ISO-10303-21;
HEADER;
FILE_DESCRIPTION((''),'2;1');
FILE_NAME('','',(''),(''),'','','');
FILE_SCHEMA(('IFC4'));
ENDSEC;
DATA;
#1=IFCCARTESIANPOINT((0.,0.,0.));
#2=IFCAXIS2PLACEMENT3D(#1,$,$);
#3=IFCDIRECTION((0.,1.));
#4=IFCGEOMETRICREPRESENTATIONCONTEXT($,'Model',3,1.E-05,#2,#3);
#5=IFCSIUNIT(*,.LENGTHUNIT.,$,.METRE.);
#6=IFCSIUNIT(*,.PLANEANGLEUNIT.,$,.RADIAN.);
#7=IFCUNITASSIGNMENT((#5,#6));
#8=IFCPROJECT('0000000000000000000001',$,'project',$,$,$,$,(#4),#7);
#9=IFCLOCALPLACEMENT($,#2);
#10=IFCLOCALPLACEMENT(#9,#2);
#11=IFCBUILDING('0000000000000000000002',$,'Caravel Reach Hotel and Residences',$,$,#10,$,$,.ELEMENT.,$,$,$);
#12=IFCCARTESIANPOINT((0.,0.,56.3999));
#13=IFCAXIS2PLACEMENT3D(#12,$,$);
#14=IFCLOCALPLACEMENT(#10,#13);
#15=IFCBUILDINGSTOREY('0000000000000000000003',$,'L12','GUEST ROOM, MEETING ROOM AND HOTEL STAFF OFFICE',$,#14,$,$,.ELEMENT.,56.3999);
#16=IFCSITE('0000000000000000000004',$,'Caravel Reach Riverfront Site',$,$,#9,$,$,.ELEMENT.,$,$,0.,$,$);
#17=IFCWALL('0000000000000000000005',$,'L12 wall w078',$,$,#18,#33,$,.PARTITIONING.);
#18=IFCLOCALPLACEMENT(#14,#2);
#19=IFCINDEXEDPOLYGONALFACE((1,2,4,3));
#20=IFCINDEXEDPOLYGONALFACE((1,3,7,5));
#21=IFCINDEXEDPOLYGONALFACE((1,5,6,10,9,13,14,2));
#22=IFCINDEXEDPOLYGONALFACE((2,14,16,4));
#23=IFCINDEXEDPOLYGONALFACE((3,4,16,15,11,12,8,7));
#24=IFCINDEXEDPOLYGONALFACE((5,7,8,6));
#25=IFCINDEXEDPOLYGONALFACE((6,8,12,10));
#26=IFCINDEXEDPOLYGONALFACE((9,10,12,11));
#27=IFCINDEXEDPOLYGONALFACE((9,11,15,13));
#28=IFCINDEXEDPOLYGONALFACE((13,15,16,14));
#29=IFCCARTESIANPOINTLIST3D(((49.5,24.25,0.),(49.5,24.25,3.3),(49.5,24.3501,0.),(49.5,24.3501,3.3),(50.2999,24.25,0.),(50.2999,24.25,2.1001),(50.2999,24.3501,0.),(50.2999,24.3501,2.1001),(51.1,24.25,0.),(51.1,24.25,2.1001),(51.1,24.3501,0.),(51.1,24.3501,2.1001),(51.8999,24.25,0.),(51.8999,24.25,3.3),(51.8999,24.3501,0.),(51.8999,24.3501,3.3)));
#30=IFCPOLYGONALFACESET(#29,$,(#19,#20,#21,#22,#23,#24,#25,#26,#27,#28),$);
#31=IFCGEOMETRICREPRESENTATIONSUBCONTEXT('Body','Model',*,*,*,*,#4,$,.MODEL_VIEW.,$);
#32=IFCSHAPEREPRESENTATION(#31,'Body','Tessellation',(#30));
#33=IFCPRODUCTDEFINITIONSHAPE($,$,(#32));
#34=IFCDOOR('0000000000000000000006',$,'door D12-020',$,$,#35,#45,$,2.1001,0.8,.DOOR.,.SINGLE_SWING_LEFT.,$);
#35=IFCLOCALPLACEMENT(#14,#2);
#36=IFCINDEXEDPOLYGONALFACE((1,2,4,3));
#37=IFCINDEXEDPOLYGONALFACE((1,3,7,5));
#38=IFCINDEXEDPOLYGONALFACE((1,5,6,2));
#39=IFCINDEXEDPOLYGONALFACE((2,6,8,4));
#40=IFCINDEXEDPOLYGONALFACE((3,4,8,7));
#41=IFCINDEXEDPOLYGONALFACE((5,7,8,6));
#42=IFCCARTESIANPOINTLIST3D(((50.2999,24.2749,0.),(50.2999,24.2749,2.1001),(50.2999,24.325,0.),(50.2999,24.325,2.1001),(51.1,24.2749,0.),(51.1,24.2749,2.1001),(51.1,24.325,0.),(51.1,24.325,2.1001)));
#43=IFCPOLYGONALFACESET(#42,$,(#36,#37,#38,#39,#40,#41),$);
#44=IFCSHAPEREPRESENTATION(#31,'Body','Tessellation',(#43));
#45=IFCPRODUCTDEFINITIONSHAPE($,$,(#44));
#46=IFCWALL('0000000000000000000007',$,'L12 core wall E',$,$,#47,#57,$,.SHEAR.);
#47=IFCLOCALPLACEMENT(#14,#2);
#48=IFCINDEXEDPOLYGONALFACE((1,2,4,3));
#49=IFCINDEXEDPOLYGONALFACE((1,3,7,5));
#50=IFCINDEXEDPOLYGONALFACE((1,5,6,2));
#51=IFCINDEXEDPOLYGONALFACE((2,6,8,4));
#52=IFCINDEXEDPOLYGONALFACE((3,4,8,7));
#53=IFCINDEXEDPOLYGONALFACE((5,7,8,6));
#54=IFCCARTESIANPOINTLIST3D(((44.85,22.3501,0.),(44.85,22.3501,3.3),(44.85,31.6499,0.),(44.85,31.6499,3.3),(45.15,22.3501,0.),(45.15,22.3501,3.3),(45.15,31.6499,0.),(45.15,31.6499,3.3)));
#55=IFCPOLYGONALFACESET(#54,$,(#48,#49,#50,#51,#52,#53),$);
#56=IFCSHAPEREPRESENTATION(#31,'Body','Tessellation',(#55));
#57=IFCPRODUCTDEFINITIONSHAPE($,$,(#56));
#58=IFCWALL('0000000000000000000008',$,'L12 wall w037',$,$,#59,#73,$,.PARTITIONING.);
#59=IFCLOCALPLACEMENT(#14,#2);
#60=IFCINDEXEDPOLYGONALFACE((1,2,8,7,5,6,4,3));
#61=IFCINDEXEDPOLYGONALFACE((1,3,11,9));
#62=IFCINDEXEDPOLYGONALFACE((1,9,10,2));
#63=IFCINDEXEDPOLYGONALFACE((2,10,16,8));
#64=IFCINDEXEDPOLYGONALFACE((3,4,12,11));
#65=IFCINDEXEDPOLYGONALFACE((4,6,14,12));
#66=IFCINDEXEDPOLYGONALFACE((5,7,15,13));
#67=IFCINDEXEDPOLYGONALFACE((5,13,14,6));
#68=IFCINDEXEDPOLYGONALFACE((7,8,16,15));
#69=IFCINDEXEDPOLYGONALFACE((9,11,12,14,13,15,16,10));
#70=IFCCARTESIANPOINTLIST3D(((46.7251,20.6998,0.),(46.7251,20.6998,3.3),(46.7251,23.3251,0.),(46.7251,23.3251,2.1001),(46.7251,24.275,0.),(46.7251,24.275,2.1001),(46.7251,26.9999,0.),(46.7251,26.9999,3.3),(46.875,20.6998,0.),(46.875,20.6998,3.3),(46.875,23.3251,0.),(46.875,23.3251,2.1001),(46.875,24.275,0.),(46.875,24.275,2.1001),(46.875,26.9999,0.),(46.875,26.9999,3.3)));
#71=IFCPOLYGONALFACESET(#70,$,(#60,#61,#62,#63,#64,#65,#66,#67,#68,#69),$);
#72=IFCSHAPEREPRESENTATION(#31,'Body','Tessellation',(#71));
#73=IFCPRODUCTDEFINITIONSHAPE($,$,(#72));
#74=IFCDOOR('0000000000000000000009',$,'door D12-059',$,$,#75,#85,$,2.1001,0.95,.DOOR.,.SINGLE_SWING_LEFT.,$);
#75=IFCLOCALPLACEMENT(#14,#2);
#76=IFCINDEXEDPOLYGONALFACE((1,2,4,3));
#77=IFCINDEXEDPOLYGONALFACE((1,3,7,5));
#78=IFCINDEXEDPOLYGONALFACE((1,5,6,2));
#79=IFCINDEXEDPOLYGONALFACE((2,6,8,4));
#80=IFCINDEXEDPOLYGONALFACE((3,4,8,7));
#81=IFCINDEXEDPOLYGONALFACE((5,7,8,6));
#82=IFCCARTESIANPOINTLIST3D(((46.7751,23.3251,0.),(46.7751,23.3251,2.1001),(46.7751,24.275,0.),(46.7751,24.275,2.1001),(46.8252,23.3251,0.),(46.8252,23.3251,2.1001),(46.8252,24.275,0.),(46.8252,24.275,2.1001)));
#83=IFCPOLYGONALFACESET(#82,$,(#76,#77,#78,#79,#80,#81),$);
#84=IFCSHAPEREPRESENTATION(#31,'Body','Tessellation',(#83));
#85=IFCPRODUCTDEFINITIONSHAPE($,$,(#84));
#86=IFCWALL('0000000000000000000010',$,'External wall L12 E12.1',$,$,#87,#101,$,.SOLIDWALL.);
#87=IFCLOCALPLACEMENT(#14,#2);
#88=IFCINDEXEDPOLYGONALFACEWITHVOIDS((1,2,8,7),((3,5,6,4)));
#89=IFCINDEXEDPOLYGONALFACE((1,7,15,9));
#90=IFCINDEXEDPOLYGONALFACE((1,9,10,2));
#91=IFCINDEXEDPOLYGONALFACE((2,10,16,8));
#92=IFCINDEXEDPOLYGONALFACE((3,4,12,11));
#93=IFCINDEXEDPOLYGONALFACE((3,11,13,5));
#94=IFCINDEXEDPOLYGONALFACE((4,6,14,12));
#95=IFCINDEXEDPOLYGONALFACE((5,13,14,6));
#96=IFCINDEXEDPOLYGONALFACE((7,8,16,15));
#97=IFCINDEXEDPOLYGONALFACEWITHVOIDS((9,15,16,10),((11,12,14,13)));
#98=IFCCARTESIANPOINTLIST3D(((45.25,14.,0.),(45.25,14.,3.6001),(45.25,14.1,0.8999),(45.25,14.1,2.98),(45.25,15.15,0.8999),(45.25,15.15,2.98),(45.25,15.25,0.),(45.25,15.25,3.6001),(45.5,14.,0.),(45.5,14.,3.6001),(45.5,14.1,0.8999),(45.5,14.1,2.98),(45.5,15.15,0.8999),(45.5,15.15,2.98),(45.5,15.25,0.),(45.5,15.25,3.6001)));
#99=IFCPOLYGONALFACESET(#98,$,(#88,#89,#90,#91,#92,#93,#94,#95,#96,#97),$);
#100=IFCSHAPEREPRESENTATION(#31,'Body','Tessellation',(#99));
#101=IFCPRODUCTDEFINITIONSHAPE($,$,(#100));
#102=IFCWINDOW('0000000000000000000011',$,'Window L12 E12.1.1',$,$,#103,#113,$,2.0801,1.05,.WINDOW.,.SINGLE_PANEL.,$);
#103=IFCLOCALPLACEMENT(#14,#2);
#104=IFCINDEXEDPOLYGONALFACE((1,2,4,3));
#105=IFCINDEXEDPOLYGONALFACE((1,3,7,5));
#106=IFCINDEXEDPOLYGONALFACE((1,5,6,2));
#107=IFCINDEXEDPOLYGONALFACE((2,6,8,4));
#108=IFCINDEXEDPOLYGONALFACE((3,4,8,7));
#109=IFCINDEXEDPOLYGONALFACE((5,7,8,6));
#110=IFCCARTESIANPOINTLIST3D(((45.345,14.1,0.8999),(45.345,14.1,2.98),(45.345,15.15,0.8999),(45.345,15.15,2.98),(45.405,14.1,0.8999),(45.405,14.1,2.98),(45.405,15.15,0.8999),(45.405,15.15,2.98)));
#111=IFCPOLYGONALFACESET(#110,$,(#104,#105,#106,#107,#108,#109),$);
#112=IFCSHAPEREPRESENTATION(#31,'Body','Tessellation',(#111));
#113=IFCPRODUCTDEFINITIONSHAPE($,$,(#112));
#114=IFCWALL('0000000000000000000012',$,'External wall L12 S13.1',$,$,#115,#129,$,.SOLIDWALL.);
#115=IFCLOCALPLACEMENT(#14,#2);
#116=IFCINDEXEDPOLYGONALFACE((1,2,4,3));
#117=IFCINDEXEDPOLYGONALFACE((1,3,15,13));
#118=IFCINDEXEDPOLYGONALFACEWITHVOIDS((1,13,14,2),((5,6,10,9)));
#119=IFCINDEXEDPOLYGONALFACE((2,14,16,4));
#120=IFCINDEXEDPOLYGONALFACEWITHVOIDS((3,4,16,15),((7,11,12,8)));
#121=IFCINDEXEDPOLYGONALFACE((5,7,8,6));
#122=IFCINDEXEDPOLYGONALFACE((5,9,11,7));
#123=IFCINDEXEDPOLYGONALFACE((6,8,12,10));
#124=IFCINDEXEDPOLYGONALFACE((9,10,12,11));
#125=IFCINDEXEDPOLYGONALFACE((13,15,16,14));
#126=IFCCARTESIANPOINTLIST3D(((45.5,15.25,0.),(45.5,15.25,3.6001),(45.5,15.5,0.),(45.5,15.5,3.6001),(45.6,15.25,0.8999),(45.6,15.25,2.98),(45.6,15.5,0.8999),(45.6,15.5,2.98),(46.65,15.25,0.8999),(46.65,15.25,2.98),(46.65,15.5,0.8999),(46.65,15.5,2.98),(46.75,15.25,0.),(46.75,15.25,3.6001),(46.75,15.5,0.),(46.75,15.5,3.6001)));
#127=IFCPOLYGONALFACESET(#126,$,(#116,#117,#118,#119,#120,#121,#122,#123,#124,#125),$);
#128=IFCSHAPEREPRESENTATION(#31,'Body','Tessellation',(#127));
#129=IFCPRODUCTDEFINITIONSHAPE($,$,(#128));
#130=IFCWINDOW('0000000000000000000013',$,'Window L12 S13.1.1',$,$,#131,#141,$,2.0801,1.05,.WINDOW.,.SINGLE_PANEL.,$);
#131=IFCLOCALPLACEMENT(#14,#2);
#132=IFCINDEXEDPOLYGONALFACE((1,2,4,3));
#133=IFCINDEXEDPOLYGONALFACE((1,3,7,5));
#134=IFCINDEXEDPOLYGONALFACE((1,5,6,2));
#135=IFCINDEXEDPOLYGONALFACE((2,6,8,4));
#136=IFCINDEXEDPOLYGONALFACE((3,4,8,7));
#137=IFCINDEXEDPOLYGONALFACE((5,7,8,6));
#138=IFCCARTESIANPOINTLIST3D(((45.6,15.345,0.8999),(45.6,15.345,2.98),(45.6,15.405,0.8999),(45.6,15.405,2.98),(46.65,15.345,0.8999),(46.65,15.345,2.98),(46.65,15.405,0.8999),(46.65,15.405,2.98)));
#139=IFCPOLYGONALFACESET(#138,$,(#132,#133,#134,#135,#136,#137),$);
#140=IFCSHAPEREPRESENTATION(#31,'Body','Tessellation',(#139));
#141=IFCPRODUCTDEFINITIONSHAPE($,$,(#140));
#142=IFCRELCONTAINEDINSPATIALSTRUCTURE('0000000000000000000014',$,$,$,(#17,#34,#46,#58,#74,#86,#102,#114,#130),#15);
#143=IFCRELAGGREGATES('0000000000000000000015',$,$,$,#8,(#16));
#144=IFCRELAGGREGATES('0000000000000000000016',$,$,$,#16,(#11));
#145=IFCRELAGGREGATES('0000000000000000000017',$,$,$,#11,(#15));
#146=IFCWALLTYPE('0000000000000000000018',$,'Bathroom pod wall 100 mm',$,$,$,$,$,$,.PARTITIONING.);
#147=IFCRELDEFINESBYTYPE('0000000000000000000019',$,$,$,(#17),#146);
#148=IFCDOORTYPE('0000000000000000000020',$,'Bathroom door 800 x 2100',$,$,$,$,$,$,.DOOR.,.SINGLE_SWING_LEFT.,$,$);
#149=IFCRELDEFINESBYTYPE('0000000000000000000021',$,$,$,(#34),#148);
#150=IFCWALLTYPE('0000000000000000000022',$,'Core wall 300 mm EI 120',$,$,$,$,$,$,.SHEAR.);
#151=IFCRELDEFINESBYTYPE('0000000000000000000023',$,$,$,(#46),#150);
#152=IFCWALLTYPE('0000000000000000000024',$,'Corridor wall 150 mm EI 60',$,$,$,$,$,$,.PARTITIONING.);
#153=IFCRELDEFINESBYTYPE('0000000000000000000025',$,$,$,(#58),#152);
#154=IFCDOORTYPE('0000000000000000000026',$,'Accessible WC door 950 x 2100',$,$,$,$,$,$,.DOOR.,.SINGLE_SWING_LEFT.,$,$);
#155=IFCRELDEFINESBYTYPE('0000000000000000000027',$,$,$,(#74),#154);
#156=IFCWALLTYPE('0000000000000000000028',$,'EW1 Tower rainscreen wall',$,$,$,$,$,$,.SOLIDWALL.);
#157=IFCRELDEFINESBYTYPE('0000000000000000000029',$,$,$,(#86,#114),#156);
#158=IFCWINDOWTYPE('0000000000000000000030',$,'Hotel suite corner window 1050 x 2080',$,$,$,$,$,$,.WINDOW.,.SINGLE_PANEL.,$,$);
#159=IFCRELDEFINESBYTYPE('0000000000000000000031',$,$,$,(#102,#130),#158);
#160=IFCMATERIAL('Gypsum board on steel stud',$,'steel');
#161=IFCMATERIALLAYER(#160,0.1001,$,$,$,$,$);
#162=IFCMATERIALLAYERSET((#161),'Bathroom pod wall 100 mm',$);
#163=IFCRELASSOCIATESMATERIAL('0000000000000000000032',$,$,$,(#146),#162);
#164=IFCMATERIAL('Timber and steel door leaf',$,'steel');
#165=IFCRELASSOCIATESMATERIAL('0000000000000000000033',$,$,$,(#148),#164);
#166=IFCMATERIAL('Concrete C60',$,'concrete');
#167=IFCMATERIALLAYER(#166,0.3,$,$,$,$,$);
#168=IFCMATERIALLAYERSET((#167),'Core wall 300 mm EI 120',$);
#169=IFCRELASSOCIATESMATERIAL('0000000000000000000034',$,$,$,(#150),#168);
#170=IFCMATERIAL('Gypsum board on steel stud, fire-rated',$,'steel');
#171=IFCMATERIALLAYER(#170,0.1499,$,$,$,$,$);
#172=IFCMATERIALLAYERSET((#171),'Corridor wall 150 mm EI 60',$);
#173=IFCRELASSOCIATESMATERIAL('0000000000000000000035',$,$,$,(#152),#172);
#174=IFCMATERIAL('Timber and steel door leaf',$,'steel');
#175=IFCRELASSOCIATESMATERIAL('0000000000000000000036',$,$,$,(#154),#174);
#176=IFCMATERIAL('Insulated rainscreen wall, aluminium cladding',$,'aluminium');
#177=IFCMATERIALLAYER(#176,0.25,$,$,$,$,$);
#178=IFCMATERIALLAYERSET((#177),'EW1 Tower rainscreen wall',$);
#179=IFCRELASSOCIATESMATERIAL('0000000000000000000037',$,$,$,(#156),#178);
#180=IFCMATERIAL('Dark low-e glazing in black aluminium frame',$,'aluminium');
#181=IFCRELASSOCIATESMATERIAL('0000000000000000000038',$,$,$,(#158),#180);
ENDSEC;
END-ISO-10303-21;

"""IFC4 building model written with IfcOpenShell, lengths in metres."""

from ifc_helpers import new_model, si_unit, direction, frame, frame_2d, origin, place, context, subcontext, project, spatial, rectangle, extrude, material, layer, layer_set, type_object, element, fill, save


model = new_model("IFC4")

# Units and contexts
model_context = context("Model", 3, precision=1e-05, world=origin(), true_north=direction((0.0, 1.0)))
body_context = subcontext(model_context, "Body", "Model", "MODEL_VIEW")
ifc_project = project(units=[si_unit("LENGTHUNIT", "METRE"), si_unit("PLANEANGLEUNIT", "RADIAN")], contexts=[model_context])

# Site, building, storey
site_placement = place(None, origin())
site = spatial("IfcSite", under=ifc_project, at=site_placement, Name="Caravel Reach Riverfront Site", CompositionType="ELEMENT", RefElevation=0.0)
building_placement = place(site_placement, origin())
building = spatial("IfcBuilding", under=site, at=building_placement, Name="Caravel Reach Hotel and Residences", CompositionType="ELEMENT")
storey_placement = place(building_placement, frame((0.0, 0.0, 56.3999)))
storey = spatial("IfcBuildingStorey", under=building, at=storey_placement, Name="L12", Description="GUEST ROOM, MEETING ROOM AND HOTEL STAFF OFFICE", CompositionType="ELEMENT", Elevation=56.3999)

# Wall, opening, door
ifc_material_1 = material(Name="Gypsum board on steel stud", Category="steel")
ifc_layer_1 = layer(ifc_material_1, 0.1001)
ifc_layer_set_1 = layer_set([ifc_layer_1], Name="Bathroom pod wall 100 mm")
wall_type_1 = type_object("IfcWallType", Name="Bathroom pod wall 100 mm", PredefinedType="PARTITIONING", material=ifc_layer_set_1)
wall_1_placement = place(storey_placement, frame((49.5, 24.3, 0.0), z_axis=(0.0, 0.0, 1.0), x_axis=(1.0, 0.0, 0.0)))
wall_1 = element("IfcWall", 1, at=wall_1_placement, inside=storey, type_object=wall_type_1, Name="L12 wall w078", PredefinedType="PARTITIONING", context=body_context, shape_type="SweptSolid", body=[
    extrude(rectangle(XDim=2.3999, YDim=0.1001, at=frame_2d((1.2, 0.0))), origin(), (0.0, 0.0, 1.0), 3.3),
])
opening_1_placement = place(wall_1_placement, frame((0.8, 0.0, 0.0)))
opening_1 = element("IfcOpeningElement", 2, at=opening_1_placement, cuts=wall_1, PredefinedType="OPENING", context=body_context, shape_type="SweptSolid", body=[
    extrude(rectangle(XDim=0.8, YDim=2.1001, at=frame_2d((0.3999, 1.05))), frame((0.0, 0.0601, 0.0), z_axis=(0.0, -1.0, 0.0), x_axis=(1.0, 0.0, 0.0)), (0.0, 0.0, 1.0), 0.1201),
])
ifc_material_2 = material(Name="Timber and steel door leaf", Category="steel")
door_type_1 = type_object("IfcDoorType", Name="Bathroom door 800 x 2100", OperationType="SINGLE_SWING_LEFT", PredefinedType="DOOR", material=ifc_material_2)
door_1_placement = place(opening_1_placement, origin())
door_1 = element("IfcDoor", 3, at=door_1_placement, inside=storey, type_object=door_type_1, Name="door D12-020", OperationType="SINGLE_SWING_LEFT", OverallHeight=2.1001, OverallWidth=0.8, PredefinedType="DOOR", context=body_context, shape_type="SweptSolid", body=[
    extrude(rectangle(XDim=0.8, YDim=2.1001, at=frame_2d((0.3999, 1.05))), frame((0.0, 0.0249, 0.0), z_axis=(0.0, -1.0, 0.0), x_axis=(1.0, 0.0, 0.0)), (0.0, 0.0, 1.0), 0.05),
])
fill(opening_1, door_1)

# Wall
ifc_material_3 = material(Name="Concrete C60", Category="concrete")
ifc_layer_2 = layer(ifc_material_3, 0.3)
ifc_layer_set_2 = layer_set([ifc_layer_2], Name="Core wall 300 mm EI 120")
wall_type_2 = type_object("IfcWallType", Name="Core wall 300 mm EI 120", PredefinedType="SHEAR", material=ifc_layer_set_2)
wall_2_placement = place(storey_placement, frame((45.0, 22.3501, 0.0), z_axis=(0.0, 0.0, 1.0), x_axis=(0.0, 1.0, 0.0)))
element("IfcWall", 4, at=wall_2_placement, inside=storey, type_object=wall_type_2, Name="L12 core wall E", PredefinedType="SHEAR", context=body_context, shape_type="SweptSolid", body=[
    extrude(rectangle(XDim=9.2998, YDim=0.3, at=frame_2d((4.6499, 0.0))), origin(), (0.0, 0.0, 1.0), 3.3),
])

# Wall, opening, door
ifc_material_4 = material(Name="Gypsum board on steel stud, fire-rated", Category="steel")
ifc_layer_3 = layer(ifc_material_4, 0.1499)
ifc_layer_set_3 = layer_set([ifc_layer_3], Name="Corridor wall 150 mm EI 60")
wall_type_3 = type_object("IfcWallType", Name="Corridor wall 150 mm EI 60", PredefinedType="PARTITIONING", material=ifc_layer_set_3)
wall_3_placement = place(storey_placement, frame((46.8, 20.7, 0.0), z_axis=(0.0, 0.0, 1.0), x_axis=(0.0, 1.0, 0.0)))
wall_3 = element("IfcWall", 5, at=wall_3_placement, inside=storey, type_object=wall_type_3, Name="L12 wall w037", PredefinedType="PARTITIONING", context=body_context, shape_type="SweptSolid", body=[
    extrude(rectangle(XDim=6.3, YDim=0.1499, at=frame_2d((3.1499, 0.0))), origin(), (0.0, 0.0, 1.0), 3.3),
])
opening_2_placement = place(wall_3_placement, frame((2.625, 0.0, 0.0)))
opening_2 = element("IfcOpeningElement", 6, at=opening_2_placement, cuts=wall_3, PredefinedType="OPENING", context=body_context, shape_type="SweptSolid", body=[
    extrude(rectangle(XDim=0.95, YDim=2.1001, at=frame_2d((0.4751, 1.05))), frame((0.0, 0.085, 0.0), z_axis=(0.0, -1.0, 0.0), x_axis=(1.0, 0.0, 0.0)), (0.0, 0.0, 1.0), 0.1699),
])
ifc_material_5 = material(Name="Timber and steel door leaf", Category="steel")
door_type_2 = type_object("IfcDoorType", Name="Accessible WC door 950 x 2100", OperationType="SINGLE_SWING_LEFT", PredefinedType="DOOR", material=ifc_material_5)
door_2_placement = place(opening_2_placement, origin())
door_2 = element("IfcDoor", 7, at=door_2_placement, inside=storey, type_object=door_type_2, Name="door D12-059", OperationType="SINGLE_SWING_LEFT", OverallHeight=2.1001, OverallWidth=0.95, PredefinedType="DOOR", context=body_context, shape_type="SweptSolid", body=[
    extrude(rectangle(XDim=0.95, YDim=2.1001, at=frame_2d((0.4751, 1.05))), frame((0.0, 0.0249, 0.0), z_axis=(0.0, -1.0, 0.0), x_axis=(1.0, 0.0, 0.0)), (0.0, 0.0, 1.0), 0.05),
])
fill(opening_2, door_2)

# Walls, openings, windows
ifc_material_6 = material(Name="Insulated rainscreen wall, aluminium cladding", Category="aluminium")
ifc_layer_4 = layer(ifc_material_6, 0.25)
ifc_layer_set_4 = layer_set([ifc_layer_4], Name="EW1 Tower rainscreen wall")
wall_type_4 = type_object("IfcWallType", Name="EW1 Tower rainscreen wall", PredefinedType="SOLIDWALL", material=ifc_layer_set_4)
wall_4_placement = place(storey_placement, frame((45.375, 14.0, 0.0), z_axis=(0.0, 0.0, 1.0), x_axis=(0.0, 1.0, 0.0)))
wall_4 = element("IfcWall", 8, at=wall_4_placement, inside=storey, type_object=wall_type_4, Name="External wall L12 E12.1", PredefinedType="SOLIDWALL", context=body_context, shape_type="SweptSolid", body=[
    extrude(rectangle(XDim=1.25, YDim=0.25, at=frame_2d((0.625, 0.0))), origin(), (0.0, 0.0, 1.0), 3.6001),
])
opening_3_placement = place(wall_4_placement, frame((0.1001, 0.0, 0.8999)))
opening_3 = element("IfcOpeningElement", 9, at=opening_3_placement, cuts=wall_4, PredefinedType="OPENING", context=body_context, shape_type="SweptSolid", body=[
    extrude(rectangle(XDim=1.05, YDim=2.0801, at=frame_2d((0.5249, 1.04))), frame((0.0, 0.135, 0.0), z_axis=(0.0, -1.0, 0.0), x_axis=(1.0, 0.0, 0.0)), (0.0, 0.0, 1.0), 0.27),
])
ifc_material_7 = material(Name="Dark low-e glazing in black aluminium frame", Category="aluminium")
window_type_1 = type_object("IfcWindowType", Name="Hotel suite corner window 1050 x 2080", PartitioningType="SINGLE_PANEL", PredefinedType="WINDOW", material=ifc_material_7)
window_1_placement = place(opening_3_placement, origin())
window_1 = element("IfcWindow", 10, at=window_1_placement, inside=storey, type_object=window_type_1, Name="Window L12 E12.1.1", OverallHeight=2.0801, OverallWidth=1.05, PartitioningType="SINGLE_PANEL", PredefinedType="WINDOW", context=body_context, shape_type="SweptSolid", body=[
    extrude(rectangle(XDim=1.05, YDim=2.0801, at=frame_2d((0.5249, 1.04))), frame((0.0, 0.03, 0.0), z_axis=(0.0, -1.0, 0.0), x_axis=(1.0, 0.0, 0.0)), (0.0, 0.0, 1.0), 0.0601),
])
fill(opening_3, window_1)
wall_5_placement = place(storey_placement, frame((45.5, 15.375, 0.0), z_axis=(0.0, 0.0, 1.0), x_axis=(1.0, 0.0, 0.0)))
wall_5 = element("IfcWall", 11, at=wall_5_placement, inside=storey, type_object=wall_type_4, Name="External wall L12 S13.1", PredefinedType="SOLIDWALL", context=body_context, shape_type="SweptSolid", body=[
    extrude(rectangle(XDim=1.25, YDim=0.25, at=frame_2d((0.625, 0.0))), origin(), (0.0, 0.0, 1.0), 3.6001),
])
opening_4_placement = place(wall_5_placement, frame((0.1001, 0.0, 0.8999)))
opening_4 = element("IfcOpeningElement", 12, at=opening_4_placement, cuts=wall_5, PredefinedType="OPENING", context=body_context, shape_type="SweptSolid", body=[
    extrude(rectangle(XDim=1.05, YDim=2.0801, at=frame_2d((0.5249, 1.04))), frame((0.0, 0.135, 0.0), z_axis=(0.0, -1.0, 0.0), x_axis=(1.0, 0.0, 0.0)), (0.0, 0.0, 1.0), 0.27),
])
window_2_placement = place(opening_4_placement, origin())
window_2 = element("IfcWindow", 13, at=window_2_placement, inside=storey, type_object=window_type_1, Name="Window L12 S13.1.1", OverallHeight=2.0801, OverallWidth=1.05, PartitioningType="SINGLE_PANEL", PredefinedType="WINDOW", context=body_context, shape_type="SweptSolid", body=[
    extrude(rectangle(XDim=1.05, YDim=2.0801, at=frame_2d((0.5249, 1.04))), frame((0.0, 0.03, 0.0), z_axis=(0.0, -1.0, 0.0), x_axis=(1.0, 0.0, 0.0)), (0.0, 0.0, 1.0), 0.0601),
])
fill(opening_4, window_2)

save(model, "model.ifc")
